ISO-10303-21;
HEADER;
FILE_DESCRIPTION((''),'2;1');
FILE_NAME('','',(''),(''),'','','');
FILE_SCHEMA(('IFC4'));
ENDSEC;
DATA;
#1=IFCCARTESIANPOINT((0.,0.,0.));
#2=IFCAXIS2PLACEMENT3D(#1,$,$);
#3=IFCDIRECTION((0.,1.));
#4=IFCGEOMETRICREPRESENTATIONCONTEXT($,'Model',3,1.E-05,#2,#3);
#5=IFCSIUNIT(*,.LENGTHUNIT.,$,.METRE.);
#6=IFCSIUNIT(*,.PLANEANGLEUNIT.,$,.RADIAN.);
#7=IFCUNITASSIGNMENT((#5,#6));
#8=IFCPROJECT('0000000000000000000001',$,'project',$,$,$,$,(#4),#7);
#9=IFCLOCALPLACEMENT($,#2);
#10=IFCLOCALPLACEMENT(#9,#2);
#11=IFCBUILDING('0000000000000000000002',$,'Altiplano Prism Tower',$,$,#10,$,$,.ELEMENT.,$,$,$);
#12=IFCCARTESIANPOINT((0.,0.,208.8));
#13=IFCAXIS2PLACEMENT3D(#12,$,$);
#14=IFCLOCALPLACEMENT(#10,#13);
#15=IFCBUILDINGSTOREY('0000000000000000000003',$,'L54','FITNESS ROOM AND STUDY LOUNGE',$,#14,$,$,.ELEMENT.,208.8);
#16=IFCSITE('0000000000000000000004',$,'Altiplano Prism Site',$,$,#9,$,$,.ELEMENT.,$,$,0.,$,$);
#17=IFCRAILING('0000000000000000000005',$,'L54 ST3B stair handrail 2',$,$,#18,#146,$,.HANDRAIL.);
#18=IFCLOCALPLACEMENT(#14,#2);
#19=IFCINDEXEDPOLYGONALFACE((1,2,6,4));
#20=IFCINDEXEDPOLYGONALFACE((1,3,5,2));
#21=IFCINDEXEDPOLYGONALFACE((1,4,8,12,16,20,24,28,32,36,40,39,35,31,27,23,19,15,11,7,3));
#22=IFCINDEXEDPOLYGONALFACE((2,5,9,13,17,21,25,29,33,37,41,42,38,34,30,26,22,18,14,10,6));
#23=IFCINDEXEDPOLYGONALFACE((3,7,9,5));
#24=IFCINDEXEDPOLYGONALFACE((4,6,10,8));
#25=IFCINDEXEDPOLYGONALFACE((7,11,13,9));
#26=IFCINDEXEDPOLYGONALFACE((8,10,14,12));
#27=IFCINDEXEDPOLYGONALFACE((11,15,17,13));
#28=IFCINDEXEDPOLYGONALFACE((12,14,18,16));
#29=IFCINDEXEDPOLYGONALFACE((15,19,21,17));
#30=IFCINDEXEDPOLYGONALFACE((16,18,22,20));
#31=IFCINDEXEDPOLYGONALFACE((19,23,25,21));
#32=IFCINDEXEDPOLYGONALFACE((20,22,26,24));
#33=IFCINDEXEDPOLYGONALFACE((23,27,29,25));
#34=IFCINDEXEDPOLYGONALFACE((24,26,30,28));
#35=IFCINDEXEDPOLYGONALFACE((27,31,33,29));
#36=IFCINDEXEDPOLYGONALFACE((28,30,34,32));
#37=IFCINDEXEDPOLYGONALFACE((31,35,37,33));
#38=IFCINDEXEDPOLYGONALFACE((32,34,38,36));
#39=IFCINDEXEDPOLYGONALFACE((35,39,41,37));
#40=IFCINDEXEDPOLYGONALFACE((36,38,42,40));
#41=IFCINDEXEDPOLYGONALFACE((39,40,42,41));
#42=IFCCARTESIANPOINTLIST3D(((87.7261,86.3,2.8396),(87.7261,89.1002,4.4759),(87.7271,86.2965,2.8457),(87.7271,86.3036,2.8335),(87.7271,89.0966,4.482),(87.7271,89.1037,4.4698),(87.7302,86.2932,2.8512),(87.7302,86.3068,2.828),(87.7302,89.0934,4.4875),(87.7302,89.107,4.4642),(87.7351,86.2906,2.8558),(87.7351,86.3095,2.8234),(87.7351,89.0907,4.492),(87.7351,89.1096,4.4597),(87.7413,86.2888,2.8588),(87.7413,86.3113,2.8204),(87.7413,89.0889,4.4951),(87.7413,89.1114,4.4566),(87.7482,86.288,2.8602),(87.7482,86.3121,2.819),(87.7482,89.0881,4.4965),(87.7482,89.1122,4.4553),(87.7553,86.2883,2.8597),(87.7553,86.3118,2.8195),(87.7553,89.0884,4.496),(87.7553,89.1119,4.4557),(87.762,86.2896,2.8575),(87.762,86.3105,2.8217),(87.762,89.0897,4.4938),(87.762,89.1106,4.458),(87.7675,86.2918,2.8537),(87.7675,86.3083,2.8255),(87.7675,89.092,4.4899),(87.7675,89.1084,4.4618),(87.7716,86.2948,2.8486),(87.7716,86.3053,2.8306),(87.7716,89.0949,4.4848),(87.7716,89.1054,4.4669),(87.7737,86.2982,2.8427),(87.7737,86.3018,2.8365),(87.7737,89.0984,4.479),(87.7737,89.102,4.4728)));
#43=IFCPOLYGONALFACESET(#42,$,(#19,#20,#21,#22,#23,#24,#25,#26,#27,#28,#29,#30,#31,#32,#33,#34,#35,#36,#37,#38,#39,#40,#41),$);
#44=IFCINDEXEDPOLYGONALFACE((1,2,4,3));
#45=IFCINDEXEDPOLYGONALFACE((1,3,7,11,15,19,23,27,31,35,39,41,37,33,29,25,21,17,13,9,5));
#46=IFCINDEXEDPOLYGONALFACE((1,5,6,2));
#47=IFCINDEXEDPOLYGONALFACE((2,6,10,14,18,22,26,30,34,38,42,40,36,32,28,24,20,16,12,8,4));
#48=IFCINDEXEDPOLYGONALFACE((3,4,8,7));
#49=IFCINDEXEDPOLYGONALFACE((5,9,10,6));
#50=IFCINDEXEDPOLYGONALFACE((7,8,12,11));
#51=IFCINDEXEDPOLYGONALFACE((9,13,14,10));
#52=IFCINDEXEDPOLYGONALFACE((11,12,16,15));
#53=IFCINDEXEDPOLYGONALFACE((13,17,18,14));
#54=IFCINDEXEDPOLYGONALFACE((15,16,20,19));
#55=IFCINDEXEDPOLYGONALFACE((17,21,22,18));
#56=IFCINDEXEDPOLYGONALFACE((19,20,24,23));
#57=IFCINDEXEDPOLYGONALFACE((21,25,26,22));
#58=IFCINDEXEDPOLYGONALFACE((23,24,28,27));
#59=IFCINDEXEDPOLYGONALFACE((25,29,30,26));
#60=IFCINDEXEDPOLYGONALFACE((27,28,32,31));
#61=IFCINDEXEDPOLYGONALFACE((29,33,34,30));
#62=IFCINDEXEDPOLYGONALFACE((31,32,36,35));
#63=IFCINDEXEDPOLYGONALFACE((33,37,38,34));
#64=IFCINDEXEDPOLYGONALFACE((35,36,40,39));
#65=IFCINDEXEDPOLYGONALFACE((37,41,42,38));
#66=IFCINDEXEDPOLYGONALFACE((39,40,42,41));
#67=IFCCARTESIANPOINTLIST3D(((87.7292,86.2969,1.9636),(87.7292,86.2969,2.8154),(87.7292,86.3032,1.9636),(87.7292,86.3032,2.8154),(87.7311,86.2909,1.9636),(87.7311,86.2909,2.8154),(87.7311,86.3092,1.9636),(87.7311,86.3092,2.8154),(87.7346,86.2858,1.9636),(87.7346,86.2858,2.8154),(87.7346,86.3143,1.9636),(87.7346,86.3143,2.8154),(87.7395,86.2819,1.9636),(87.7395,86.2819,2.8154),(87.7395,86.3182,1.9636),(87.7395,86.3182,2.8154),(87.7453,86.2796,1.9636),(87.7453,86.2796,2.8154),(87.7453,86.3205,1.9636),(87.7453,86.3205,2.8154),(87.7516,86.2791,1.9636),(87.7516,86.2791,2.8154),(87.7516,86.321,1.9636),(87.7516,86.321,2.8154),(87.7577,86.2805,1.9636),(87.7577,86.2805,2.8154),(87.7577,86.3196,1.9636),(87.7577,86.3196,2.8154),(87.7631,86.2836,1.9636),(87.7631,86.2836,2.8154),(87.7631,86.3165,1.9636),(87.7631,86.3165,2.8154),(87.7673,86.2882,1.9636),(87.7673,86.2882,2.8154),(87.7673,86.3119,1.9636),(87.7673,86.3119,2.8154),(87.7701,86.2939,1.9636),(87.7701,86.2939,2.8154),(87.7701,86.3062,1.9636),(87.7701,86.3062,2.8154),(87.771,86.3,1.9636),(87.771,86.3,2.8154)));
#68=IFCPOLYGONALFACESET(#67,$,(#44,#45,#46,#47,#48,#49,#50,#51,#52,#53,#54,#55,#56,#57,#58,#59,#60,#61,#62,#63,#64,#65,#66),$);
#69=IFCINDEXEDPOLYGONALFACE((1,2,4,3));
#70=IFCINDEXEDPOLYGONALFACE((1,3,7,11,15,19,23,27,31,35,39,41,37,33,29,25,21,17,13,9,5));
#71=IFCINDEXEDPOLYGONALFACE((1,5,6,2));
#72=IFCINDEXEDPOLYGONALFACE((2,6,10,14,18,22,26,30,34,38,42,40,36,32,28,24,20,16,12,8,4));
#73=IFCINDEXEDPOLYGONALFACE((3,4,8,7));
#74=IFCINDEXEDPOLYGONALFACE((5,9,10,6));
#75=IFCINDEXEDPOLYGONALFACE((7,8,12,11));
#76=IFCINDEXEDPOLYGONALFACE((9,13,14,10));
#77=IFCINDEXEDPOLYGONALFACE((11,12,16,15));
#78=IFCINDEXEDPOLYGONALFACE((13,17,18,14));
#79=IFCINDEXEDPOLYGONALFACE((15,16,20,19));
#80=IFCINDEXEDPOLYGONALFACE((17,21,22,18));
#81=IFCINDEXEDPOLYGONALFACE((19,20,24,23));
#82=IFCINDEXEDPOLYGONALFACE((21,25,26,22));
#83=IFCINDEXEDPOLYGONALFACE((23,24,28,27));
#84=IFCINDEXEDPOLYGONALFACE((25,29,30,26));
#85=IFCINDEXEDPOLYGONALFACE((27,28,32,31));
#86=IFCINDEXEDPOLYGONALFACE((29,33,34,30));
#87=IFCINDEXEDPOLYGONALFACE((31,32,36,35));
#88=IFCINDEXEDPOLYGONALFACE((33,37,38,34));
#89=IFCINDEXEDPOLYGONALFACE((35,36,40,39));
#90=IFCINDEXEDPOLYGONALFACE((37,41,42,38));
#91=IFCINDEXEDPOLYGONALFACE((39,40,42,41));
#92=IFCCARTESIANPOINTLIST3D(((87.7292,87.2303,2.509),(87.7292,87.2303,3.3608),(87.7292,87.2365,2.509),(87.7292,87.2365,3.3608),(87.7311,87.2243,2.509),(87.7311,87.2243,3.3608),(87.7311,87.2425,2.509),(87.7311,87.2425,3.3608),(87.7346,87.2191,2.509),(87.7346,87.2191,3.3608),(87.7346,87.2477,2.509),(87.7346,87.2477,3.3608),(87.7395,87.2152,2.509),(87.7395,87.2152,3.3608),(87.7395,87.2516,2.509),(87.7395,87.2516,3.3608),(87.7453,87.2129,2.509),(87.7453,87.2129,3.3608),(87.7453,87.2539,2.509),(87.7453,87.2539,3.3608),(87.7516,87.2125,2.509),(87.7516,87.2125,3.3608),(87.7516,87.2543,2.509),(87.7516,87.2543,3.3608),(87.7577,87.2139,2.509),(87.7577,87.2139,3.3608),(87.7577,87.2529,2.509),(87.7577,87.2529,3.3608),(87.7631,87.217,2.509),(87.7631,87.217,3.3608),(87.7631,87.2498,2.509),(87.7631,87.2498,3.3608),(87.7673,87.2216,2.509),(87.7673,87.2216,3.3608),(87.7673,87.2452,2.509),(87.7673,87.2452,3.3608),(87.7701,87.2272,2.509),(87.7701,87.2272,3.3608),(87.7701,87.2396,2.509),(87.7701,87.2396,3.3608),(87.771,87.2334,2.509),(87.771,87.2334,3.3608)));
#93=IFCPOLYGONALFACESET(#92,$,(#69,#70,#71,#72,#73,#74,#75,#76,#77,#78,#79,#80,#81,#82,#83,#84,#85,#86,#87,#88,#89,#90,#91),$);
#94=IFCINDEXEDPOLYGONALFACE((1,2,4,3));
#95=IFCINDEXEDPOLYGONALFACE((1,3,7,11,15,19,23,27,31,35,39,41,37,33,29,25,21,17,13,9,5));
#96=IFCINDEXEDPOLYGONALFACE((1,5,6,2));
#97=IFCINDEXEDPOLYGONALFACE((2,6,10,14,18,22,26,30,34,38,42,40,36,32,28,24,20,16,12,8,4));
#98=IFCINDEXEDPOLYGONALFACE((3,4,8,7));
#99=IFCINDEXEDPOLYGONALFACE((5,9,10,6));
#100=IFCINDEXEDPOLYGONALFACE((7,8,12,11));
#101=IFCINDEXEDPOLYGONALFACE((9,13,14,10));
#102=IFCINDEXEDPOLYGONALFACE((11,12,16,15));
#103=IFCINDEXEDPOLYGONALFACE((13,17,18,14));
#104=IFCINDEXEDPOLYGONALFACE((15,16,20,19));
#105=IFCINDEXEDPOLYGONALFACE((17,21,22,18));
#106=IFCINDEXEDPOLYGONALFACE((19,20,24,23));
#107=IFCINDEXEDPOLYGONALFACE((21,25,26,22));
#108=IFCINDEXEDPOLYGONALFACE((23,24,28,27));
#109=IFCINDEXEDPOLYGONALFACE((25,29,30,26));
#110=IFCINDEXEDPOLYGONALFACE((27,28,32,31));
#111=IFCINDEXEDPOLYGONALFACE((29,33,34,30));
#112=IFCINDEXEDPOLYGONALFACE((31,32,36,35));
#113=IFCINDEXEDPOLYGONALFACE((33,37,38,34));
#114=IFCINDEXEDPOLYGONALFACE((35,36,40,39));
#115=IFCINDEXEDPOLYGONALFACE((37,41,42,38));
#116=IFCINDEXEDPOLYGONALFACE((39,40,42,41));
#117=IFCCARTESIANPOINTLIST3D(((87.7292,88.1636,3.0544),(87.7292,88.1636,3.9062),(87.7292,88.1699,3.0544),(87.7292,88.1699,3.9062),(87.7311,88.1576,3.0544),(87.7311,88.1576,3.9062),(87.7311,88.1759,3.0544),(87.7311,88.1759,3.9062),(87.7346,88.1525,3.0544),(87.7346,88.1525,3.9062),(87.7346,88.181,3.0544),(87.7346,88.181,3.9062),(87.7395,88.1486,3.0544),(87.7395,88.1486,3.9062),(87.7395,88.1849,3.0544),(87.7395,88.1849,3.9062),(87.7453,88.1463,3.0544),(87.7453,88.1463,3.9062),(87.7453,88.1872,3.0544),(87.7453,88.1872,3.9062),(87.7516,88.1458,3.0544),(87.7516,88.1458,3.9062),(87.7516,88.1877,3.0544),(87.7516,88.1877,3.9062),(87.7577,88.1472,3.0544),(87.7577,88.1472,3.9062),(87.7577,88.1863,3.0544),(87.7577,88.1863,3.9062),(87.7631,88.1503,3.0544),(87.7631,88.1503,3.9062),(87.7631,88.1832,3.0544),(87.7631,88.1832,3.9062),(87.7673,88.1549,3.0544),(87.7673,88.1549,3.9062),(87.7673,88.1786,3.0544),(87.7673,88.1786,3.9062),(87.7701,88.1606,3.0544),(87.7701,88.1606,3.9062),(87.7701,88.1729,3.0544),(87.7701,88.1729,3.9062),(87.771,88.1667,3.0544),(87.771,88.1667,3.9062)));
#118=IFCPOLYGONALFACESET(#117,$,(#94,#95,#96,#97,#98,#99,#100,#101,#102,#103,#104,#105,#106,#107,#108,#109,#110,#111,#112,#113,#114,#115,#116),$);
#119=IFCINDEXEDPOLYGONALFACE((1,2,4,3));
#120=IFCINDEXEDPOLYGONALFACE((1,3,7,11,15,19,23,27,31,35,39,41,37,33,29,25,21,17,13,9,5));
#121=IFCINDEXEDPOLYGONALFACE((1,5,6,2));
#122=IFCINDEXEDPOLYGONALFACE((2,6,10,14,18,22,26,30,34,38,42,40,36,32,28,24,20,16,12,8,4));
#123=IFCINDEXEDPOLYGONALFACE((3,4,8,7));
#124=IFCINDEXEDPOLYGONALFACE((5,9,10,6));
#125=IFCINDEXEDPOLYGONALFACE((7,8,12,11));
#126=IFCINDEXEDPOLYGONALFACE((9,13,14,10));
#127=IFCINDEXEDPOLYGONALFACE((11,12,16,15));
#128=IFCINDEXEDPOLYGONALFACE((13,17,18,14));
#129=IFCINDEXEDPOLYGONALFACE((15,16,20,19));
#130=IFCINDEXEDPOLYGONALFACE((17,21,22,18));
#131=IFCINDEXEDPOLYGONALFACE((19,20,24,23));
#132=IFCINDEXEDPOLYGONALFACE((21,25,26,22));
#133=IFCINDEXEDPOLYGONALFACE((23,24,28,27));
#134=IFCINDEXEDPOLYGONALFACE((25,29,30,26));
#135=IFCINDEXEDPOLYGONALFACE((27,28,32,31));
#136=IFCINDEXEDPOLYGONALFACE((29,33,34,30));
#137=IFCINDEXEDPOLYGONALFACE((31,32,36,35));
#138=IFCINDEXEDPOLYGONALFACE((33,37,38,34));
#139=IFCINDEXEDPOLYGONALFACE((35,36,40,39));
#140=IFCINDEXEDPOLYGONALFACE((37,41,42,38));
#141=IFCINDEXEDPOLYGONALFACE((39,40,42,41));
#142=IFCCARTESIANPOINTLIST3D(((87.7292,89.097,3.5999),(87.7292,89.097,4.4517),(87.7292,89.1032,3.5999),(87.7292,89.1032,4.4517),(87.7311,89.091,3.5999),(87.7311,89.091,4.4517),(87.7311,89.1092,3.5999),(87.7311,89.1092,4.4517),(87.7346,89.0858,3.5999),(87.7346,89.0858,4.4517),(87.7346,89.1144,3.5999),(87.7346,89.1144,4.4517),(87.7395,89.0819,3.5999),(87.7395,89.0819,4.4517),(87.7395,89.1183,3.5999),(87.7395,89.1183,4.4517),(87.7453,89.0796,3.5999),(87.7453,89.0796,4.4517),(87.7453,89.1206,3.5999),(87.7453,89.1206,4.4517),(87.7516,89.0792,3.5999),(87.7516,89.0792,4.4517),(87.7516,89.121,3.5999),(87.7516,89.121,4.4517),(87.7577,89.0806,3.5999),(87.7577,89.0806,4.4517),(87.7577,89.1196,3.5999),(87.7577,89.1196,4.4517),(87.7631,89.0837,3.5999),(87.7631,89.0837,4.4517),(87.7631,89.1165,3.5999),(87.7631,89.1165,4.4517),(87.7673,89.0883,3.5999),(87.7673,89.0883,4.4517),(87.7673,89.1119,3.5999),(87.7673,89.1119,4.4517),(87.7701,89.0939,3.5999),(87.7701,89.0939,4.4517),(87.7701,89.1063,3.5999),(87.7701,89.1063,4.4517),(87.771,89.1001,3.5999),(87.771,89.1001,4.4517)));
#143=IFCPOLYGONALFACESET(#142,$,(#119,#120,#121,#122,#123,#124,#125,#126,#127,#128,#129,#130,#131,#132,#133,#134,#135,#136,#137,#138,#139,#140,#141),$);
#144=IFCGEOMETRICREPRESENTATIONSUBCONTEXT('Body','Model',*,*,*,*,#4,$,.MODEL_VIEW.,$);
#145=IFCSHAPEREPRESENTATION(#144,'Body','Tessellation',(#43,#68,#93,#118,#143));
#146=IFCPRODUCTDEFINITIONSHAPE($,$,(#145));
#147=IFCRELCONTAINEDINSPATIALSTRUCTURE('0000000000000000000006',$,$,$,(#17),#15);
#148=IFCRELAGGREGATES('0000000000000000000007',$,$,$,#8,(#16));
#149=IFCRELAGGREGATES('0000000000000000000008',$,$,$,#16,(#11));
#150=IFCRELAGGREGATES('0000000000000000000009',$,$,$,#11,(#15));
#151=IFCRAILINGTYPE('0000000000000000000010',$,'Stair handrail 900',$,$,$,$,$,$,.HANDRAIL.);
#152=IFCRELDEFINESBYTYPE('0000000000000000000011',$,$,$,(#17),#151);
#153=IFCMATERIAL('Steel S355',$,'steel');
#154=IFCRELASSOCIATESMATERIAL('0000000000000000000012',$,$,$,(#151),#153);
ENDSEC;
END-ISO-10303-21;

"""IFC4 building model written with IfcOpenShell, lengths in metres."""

from ifc_helpers import new_model, si_unit, direction, frame, origin, origin_2d, place, context, subcontext, project, spatial, circle, extrude, material, type_object, element, save


model = new_model("IFC4")

# Units and contexts
model_context = context("Model", 3, precision=1e-05, world=origin(), true_north=direction((0.0, 1.0)))
body_context = subcontext(model_context, "Body", "Model", "MODEL_VIEW")
ifc_project = project(units=[si_unit("LENGTHUNIT", "METRE"), si_unit("PLANEANGLEUNIT", "RADIAN")], contexts=[model_context])

# Site, building, storey
site_placement = place(None, origin())
site = spatial("IfcSite", under=ifc_project, at=site_placement, Name="Altiplano Prism Site", CompositionType="ELEMENT", RefElevation=0.0)
building_placement = place(site_placement, origin())
building = spatial("IfcBuilding", under=site, at=building_placement, Name="Altiplano Prism Tower", CompositionType="ELEMENT")
storey_placement = place(building_placement, frame((0.0, 0.0, 208.8)))
storey = spatial("IfcBuildingStorey", under=building, at=storey_placement, Name="L54", Description="FITNESS ROOM AND STUDY LOUNGE", CompositionType="ELEMENT", Elevation=208.8)

# Railing
ifc_material_1 = material(Name="Steel S355", Category="steel")
railing_type = type_object("IfcRailingType", Name="Stair handrail 900", PredefinedType="HANDRAIL", material=ifc_material_1)
railing_1_placement = place(storey_placement, frame((87.75, 86.3, 1.9636)))
element("IfcRailing", 1, at=railing_1_placement, inside=storey, type_object=railing_type, Name="L54 ST3B stair handrail 2", PredefinedType="HANDRAIL", context=body_context, shape_type="SweptSolid", body=[
    extrude(circle(Radius=0.0239, at=origin_2d()), frame((0.0, 0.0, 0.876), z_axis=(0.0, 0.863394, 0.504531), x_axis=(-1.0, 0.0, 0.0)), (0.0, 0.0, 1.0), 3.2432),
    extrude(circle(Radius=0.021, at=origin_2d()), origin(), (0.0, 0.0, 1.0), 0.8518),
    extrude(circle(Radius=0.021, at=origin_2d()), frame((0.0, 0.9333, 0.5454)), (0.0, 0.0, 1.0), 0.8518),
    extrude(circle(Radius=0.021, at=origin_2d()), frame((0.0, 1.8667, 1.0908)), (0.0, 0.0, 1.0), 0.8518),
    extrude(circle(Radius=0.021, at=origin_2d()), frame((0.0, 2.8, 1.6362)), (0.0, 0.0, 1.0), 0.8518),
])

save(model, "model.ifc")
